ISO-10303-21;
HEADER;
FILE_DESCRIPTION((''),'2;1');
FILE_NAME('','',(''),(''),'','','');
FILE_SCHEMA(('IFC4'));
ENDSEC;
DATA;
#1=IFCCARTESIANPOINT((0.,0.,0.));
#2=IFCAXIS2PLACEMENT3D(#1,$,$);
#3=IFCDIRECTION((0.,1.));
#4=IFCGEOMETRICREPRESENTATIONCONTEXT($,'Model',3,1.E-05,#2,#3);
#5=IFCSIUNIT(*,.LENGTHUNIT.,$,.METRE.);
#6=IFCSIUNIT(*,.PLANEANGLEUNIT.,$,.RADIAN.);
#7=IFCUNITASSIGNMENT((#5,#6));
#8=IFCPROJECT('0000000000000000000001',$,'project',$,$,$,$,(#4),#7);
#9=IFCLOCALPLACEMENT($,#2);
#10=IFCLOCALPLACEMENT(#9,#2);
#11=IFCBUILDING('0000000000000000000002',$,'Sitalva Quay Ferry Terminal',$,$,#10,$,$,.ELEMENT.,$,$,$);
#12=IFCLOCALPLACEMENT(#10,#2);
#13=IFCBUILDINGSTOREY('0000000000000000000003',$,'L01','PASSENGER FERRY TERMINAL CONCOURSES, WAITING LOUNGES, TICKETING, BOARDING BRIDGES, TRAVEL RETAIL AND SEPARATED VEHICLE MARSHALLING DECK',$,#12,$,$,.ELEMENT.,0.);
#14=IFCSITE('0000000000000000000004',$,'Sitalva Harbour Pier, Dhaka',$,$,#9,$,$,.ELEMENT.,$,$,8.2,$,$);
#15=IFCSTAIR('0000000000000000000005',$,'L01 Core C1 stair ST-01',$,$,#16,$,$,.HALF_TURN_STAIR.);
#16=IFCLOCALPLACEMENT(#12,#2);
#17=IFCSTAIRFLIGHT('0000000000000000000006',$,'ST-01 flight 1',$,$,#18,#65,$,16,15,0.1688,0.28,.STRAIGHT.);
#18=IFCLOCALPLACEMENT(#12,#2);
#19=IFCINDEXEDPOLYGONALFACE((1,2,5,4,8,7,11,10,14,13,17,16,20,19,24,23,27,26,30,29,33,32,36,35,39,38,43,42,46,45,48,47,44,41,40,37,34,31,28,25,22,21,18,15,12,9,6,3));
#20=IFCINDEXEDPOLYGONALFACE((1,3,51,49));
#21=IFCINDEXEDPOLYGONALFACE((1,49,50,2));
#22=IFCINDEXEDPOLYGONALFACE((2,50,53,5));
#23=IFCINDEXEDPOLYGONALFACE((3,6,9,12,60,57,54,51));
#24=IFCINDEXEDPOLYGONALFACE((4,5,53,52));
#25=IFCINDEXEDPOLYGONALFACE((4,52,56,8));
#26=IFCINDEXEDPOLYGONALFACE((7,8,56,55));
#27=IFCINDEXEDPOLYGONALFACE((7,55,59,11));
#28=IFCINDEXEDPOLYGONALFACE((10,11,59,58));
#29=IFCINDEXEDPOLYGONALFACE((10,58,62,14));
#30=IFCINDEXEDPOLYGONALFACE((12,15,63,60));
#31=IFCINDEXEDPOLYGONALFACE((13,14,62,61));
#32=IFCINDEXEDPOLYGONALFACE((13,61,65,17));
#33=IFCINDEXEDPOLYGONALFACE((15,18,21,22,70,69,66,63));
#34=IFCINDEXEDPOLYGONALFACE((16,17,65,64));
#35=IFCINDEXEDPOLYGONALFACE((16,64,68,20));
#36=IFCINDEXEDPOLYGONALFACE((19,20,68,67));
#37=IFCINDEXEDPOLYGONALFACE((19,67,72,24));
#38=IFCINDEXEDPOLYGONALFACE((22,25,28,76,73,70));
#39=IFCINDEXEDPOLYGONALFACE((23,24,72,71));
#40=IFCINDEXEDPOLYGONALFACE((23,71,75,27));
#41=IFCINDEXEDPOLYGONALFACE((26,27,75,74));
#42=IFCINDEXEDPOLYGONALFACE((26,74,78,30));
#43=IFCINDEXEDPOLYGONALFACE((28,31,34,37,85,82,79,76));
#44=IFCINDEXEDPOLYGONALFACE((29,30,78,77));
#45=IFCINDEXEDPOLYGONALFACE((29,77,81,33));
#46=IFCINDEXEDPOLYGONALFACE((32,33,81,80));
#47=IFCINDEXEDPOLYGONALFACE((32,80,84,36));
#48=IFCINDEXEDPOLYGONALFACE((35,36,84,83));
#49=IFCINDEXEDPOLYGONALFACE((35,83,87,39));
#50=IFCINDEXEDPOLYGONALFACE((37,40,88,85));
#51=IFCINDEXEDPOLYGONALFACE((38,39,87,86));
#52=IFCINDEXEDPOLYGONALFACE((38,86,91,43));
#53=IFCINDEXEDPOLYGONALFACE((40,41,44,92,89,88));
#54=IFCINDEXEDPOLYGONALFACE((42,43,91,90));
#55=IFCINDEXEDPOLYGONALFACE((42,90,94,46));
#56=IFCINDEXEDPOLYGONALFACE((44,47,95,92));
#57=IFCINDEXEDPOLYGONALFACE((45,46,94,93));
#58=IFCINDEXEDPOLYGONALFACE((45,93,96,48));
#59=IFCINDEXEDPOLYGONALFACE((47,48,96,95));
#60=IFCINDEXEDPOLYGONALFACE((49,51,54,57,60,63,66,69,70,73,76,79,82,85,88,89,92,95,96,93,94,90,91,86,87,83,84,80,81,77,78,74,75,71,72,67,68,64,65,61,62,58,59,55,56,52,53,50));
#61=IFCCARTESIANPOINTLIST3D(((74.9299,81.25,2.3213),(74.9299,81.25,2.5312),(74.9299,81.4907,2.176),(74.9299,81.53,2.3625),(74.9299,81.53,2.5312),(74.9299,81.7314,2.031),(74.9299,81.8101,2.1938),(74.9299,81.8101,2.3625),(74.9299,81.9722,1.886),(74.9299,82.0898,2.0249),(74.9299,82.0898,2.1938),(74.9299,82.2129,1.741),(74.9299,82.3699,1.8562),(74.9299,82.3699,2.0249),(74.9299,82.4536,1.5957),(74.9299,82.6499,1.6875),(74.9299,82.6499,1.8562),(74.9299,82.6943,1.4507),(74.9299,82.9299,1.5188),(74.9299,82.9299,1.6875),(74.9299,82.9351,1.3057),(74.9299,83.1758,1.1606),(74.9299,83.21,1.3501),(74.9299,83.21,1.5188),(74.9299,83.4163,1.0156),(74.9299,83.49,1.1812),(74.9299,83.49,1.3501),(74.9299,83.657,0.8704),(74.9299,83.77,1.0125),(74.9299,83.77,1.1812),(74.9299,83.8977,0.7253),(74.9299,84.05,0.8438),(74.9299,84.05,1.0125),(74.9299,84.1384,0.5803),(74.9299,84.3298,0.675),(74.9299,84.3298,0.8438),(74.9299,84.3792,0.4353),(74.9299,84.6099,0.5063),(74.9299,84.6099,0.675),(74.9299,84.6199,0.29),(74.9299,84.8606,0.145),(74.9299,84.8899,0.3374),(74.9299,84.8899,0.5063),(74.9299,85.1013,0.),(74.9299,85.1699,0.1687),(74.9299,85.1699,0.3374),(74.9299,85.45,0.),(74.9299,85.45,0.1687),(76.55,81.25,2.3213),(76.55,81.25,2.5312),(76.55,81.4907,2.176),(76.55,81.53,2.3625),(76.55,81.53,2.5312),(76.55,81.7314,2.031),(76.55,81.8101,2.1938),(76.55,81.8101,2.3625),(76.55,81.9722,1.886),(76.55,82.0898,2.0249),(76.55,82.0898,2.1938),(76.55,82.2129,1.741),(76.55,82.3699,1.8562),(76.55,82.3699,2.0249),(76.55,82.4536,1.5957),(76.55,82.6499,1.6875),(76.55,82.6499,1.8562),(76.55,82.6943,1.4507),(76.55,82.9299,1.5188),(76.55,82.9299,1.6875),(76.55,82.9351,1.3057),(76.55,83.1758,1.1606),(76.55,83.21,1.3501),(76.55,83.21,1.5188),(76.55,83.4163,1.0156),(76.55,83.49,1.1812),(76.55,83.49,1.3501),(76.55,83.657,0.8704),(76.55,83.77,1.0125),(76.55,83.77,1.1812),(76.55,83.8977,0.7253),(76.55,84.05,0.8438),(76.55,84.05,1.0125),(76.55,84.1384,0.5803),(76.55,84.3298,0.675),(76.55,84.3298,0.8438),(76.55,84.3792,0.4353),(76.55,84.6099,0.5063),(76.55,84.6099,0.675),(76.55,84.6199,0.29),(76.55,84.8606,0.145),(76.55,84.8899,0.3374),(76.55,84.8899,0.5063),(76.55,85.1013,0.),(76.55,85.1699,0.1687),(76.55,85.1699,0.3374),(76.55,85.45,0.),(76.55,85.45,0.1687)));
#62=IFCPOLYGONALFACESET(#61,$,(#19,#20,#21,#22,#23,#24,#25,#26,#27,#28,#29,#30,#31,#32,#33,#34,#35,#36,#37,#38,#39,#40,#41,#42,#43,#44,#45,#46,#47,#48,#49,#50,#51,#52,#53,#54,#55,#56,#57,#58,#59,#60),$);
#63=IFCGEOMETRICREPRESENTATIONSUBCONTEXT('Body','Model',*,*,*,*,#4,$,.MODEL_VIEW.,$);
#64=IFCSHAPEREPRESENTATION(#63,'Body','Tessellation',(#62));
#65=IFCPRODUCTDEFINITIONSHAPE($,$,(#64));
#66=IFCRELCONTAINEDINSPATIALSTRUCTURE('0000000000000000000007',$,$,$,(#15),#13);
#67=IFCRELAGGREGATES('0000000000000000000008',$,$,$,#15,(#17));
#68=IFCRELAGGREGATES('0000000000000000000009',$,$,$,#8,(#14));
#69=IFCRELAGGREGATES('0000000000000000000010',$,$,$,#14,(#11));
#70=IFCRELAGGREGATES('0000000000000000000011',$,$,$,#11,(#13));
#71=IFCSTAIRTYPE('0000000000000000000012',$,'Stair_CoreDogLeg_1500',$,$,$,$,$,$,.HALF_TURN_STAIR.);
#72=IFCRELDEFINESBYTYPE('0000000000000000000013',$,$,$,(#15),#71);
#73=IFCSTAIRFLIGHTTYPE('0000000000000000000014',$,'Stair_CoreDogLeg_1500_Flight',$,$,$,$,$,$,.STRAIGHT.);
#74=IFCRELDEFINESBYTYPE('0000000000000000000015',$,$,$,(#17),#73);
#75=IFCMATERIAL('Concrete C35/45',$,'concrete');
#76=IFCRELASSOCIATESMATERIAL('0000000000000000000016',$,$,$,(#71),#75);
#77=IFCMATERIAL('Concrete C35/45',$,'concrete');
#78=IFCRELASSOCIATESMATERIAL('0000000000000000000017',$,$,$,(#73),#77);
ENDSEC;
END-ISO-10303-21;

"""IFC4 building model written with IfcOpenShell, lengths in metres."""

from ifc_helpers import new_model, si_unit, direction, frame, origin, place, context, subcontext, project, spatial, polyline, outline, extrude, material, type_object, element, aggregate, save


model = new_model("IFC4")

# Units and contexts
model_context = context("Model", 3, precision=1e-05, world=origin(), true_north=direction((0.0, 1.0)))
body_context = subcontext(model_context, "Body", "Model", "MODEL_VIEW")
ifc_project = project(units=[si_unit("LENGTHUNIT", "METRE"), si_unit("PLANEANGLEUNIT", "RADIAN")], contexts=[model_context])

# Site, building, storey
site_placement = place(None, origin())
site = spatial("IfcSite", under=ifc_project, at=site_placement, Name="Sitalva Harbour Pier, Dhaka", CompositionType="ELEMENT", RefElevation=8.2)
building_placement = place(site_placement, origin())
building = spatial("IfcBuilding", under=site, at=building_placement, Name="Sitalva Quay Ferry Terminal", CompositionType="ELEMENT")
storey_placement = place(building_placement, origin())
storey = spatial("IfcBuildingStorey", under=building, at=storey_placement, Name="L01", Description="PASSENGER FERRY TERMINAL CONCOURSES, WAITING LOUNGES, TICKETING, BOARDING BRIDGES, TRAVEL RETAIL AND SEPARATED VEHICLE MARSHALLING DECK", CompositionType="ELEMENT", Elevation=0.0)

# Stair, stair flight
ifc_material_1 = material(Name="Concrete C35/45", Category="concrete")
stair_type = type_object("IfcStairType", Name="Stair_CoreDogLeg_1500", PredefinedType="HALF_TURN_STAIR", material=ifc_material_1)
stair_placement = place(storey_placement, origin())
stair = element("IfcStair", 1, at=stair_placement, inside=storey, type_object=stair_type, Name="L01 Core C1 stair ST-01", PredefinedType="HALF_TURN_STAIR")
ifc_material_2 = material(Name="Concrete C35/45", Category="concrete")
stair_flight_type = type_object("IfcStairFlightType", Name="Stair_CoreDogLeg_1500_Flight", PredefinedType="STRAIGHT", material=ifc_material_2)
stair_flight_placement = place(storey_placement, frame((75.74, 85.45, 0.0), z_axis=(0.0, 0.0, 1.0), x_axis=(0.0, -1.0, 0.0)))
stair_flight = element("IfcStairFlight", 2, at=stair_flight_placement, type_object=stair_flight_type, Name="ST-01 flight 1", NumberOfRisers=16, NumberOfTreads=15, PredefinedType="STRAIGHT", RiserHeight=0.1688, TreadLength=0.28, context=body_context, shape_type="SweptSolid", body=[
    extrude(outline(polyline([(0.0, 0.0), (0.0, 0.1687), (0.28, 0.1687), (0.28, 0.3374), (0.5601, 0.3374), (0.5601, 0.5063), (0.8401, 0.5063), (0.8401, 0.675), (1.1201, 0.675), (1.1201, 0.8438), (1.3999, 0.8438), (1.3999, 1.0125), (1.6799, 1.0125), (1.6799, 1.1812), (1.96, 1.1812), (1.96, 1.3501), (2.24, 1.3501), (2.24, 1.5188), (2.52, 1.5188), (2.52, 1.6875), (2.8, 1.6875), (2.8, 1.8562), (3.0801, 1.8562), (3.0801, 2.0249), (3.3601, 2.0249), (3.3601, 2.1938), (3.6399, 2.1938), (3.6399, 2.3625), (3.9199, 2.3625), (3.9199, 2.5312), (4.2, 2.5312), (4.2, 2.7), (4.2, 2.3213), (3.9592, 2.176), (3.7185, 2.031), (3.4778, 1.886), (3.2371, 1.741), (2.9963, 1.5957), (2.7556, 1.4507), (2.5149, 1.3057), (2.2742, 1.1606), (2.0337, 1.0156), (1.793, 0.8704), (1.5522, 0.7253), (1.3115, 0.5803), (1.0708, 0.4353), (0.8301, 0.29), (0.5894, 0.145), (0.3486, 0.0), (0.0, 0.0)])), frame((0.0, 0.8101, 0.0), z_axis=(0.0, -1.0, 0.0), x_axis=(1.0, 0.0, 0.0)), (0.0, 0.0, 1.0), 1.6201),
])
aggregate(stair, [stair_flight])

save(model, "model.ifc")
